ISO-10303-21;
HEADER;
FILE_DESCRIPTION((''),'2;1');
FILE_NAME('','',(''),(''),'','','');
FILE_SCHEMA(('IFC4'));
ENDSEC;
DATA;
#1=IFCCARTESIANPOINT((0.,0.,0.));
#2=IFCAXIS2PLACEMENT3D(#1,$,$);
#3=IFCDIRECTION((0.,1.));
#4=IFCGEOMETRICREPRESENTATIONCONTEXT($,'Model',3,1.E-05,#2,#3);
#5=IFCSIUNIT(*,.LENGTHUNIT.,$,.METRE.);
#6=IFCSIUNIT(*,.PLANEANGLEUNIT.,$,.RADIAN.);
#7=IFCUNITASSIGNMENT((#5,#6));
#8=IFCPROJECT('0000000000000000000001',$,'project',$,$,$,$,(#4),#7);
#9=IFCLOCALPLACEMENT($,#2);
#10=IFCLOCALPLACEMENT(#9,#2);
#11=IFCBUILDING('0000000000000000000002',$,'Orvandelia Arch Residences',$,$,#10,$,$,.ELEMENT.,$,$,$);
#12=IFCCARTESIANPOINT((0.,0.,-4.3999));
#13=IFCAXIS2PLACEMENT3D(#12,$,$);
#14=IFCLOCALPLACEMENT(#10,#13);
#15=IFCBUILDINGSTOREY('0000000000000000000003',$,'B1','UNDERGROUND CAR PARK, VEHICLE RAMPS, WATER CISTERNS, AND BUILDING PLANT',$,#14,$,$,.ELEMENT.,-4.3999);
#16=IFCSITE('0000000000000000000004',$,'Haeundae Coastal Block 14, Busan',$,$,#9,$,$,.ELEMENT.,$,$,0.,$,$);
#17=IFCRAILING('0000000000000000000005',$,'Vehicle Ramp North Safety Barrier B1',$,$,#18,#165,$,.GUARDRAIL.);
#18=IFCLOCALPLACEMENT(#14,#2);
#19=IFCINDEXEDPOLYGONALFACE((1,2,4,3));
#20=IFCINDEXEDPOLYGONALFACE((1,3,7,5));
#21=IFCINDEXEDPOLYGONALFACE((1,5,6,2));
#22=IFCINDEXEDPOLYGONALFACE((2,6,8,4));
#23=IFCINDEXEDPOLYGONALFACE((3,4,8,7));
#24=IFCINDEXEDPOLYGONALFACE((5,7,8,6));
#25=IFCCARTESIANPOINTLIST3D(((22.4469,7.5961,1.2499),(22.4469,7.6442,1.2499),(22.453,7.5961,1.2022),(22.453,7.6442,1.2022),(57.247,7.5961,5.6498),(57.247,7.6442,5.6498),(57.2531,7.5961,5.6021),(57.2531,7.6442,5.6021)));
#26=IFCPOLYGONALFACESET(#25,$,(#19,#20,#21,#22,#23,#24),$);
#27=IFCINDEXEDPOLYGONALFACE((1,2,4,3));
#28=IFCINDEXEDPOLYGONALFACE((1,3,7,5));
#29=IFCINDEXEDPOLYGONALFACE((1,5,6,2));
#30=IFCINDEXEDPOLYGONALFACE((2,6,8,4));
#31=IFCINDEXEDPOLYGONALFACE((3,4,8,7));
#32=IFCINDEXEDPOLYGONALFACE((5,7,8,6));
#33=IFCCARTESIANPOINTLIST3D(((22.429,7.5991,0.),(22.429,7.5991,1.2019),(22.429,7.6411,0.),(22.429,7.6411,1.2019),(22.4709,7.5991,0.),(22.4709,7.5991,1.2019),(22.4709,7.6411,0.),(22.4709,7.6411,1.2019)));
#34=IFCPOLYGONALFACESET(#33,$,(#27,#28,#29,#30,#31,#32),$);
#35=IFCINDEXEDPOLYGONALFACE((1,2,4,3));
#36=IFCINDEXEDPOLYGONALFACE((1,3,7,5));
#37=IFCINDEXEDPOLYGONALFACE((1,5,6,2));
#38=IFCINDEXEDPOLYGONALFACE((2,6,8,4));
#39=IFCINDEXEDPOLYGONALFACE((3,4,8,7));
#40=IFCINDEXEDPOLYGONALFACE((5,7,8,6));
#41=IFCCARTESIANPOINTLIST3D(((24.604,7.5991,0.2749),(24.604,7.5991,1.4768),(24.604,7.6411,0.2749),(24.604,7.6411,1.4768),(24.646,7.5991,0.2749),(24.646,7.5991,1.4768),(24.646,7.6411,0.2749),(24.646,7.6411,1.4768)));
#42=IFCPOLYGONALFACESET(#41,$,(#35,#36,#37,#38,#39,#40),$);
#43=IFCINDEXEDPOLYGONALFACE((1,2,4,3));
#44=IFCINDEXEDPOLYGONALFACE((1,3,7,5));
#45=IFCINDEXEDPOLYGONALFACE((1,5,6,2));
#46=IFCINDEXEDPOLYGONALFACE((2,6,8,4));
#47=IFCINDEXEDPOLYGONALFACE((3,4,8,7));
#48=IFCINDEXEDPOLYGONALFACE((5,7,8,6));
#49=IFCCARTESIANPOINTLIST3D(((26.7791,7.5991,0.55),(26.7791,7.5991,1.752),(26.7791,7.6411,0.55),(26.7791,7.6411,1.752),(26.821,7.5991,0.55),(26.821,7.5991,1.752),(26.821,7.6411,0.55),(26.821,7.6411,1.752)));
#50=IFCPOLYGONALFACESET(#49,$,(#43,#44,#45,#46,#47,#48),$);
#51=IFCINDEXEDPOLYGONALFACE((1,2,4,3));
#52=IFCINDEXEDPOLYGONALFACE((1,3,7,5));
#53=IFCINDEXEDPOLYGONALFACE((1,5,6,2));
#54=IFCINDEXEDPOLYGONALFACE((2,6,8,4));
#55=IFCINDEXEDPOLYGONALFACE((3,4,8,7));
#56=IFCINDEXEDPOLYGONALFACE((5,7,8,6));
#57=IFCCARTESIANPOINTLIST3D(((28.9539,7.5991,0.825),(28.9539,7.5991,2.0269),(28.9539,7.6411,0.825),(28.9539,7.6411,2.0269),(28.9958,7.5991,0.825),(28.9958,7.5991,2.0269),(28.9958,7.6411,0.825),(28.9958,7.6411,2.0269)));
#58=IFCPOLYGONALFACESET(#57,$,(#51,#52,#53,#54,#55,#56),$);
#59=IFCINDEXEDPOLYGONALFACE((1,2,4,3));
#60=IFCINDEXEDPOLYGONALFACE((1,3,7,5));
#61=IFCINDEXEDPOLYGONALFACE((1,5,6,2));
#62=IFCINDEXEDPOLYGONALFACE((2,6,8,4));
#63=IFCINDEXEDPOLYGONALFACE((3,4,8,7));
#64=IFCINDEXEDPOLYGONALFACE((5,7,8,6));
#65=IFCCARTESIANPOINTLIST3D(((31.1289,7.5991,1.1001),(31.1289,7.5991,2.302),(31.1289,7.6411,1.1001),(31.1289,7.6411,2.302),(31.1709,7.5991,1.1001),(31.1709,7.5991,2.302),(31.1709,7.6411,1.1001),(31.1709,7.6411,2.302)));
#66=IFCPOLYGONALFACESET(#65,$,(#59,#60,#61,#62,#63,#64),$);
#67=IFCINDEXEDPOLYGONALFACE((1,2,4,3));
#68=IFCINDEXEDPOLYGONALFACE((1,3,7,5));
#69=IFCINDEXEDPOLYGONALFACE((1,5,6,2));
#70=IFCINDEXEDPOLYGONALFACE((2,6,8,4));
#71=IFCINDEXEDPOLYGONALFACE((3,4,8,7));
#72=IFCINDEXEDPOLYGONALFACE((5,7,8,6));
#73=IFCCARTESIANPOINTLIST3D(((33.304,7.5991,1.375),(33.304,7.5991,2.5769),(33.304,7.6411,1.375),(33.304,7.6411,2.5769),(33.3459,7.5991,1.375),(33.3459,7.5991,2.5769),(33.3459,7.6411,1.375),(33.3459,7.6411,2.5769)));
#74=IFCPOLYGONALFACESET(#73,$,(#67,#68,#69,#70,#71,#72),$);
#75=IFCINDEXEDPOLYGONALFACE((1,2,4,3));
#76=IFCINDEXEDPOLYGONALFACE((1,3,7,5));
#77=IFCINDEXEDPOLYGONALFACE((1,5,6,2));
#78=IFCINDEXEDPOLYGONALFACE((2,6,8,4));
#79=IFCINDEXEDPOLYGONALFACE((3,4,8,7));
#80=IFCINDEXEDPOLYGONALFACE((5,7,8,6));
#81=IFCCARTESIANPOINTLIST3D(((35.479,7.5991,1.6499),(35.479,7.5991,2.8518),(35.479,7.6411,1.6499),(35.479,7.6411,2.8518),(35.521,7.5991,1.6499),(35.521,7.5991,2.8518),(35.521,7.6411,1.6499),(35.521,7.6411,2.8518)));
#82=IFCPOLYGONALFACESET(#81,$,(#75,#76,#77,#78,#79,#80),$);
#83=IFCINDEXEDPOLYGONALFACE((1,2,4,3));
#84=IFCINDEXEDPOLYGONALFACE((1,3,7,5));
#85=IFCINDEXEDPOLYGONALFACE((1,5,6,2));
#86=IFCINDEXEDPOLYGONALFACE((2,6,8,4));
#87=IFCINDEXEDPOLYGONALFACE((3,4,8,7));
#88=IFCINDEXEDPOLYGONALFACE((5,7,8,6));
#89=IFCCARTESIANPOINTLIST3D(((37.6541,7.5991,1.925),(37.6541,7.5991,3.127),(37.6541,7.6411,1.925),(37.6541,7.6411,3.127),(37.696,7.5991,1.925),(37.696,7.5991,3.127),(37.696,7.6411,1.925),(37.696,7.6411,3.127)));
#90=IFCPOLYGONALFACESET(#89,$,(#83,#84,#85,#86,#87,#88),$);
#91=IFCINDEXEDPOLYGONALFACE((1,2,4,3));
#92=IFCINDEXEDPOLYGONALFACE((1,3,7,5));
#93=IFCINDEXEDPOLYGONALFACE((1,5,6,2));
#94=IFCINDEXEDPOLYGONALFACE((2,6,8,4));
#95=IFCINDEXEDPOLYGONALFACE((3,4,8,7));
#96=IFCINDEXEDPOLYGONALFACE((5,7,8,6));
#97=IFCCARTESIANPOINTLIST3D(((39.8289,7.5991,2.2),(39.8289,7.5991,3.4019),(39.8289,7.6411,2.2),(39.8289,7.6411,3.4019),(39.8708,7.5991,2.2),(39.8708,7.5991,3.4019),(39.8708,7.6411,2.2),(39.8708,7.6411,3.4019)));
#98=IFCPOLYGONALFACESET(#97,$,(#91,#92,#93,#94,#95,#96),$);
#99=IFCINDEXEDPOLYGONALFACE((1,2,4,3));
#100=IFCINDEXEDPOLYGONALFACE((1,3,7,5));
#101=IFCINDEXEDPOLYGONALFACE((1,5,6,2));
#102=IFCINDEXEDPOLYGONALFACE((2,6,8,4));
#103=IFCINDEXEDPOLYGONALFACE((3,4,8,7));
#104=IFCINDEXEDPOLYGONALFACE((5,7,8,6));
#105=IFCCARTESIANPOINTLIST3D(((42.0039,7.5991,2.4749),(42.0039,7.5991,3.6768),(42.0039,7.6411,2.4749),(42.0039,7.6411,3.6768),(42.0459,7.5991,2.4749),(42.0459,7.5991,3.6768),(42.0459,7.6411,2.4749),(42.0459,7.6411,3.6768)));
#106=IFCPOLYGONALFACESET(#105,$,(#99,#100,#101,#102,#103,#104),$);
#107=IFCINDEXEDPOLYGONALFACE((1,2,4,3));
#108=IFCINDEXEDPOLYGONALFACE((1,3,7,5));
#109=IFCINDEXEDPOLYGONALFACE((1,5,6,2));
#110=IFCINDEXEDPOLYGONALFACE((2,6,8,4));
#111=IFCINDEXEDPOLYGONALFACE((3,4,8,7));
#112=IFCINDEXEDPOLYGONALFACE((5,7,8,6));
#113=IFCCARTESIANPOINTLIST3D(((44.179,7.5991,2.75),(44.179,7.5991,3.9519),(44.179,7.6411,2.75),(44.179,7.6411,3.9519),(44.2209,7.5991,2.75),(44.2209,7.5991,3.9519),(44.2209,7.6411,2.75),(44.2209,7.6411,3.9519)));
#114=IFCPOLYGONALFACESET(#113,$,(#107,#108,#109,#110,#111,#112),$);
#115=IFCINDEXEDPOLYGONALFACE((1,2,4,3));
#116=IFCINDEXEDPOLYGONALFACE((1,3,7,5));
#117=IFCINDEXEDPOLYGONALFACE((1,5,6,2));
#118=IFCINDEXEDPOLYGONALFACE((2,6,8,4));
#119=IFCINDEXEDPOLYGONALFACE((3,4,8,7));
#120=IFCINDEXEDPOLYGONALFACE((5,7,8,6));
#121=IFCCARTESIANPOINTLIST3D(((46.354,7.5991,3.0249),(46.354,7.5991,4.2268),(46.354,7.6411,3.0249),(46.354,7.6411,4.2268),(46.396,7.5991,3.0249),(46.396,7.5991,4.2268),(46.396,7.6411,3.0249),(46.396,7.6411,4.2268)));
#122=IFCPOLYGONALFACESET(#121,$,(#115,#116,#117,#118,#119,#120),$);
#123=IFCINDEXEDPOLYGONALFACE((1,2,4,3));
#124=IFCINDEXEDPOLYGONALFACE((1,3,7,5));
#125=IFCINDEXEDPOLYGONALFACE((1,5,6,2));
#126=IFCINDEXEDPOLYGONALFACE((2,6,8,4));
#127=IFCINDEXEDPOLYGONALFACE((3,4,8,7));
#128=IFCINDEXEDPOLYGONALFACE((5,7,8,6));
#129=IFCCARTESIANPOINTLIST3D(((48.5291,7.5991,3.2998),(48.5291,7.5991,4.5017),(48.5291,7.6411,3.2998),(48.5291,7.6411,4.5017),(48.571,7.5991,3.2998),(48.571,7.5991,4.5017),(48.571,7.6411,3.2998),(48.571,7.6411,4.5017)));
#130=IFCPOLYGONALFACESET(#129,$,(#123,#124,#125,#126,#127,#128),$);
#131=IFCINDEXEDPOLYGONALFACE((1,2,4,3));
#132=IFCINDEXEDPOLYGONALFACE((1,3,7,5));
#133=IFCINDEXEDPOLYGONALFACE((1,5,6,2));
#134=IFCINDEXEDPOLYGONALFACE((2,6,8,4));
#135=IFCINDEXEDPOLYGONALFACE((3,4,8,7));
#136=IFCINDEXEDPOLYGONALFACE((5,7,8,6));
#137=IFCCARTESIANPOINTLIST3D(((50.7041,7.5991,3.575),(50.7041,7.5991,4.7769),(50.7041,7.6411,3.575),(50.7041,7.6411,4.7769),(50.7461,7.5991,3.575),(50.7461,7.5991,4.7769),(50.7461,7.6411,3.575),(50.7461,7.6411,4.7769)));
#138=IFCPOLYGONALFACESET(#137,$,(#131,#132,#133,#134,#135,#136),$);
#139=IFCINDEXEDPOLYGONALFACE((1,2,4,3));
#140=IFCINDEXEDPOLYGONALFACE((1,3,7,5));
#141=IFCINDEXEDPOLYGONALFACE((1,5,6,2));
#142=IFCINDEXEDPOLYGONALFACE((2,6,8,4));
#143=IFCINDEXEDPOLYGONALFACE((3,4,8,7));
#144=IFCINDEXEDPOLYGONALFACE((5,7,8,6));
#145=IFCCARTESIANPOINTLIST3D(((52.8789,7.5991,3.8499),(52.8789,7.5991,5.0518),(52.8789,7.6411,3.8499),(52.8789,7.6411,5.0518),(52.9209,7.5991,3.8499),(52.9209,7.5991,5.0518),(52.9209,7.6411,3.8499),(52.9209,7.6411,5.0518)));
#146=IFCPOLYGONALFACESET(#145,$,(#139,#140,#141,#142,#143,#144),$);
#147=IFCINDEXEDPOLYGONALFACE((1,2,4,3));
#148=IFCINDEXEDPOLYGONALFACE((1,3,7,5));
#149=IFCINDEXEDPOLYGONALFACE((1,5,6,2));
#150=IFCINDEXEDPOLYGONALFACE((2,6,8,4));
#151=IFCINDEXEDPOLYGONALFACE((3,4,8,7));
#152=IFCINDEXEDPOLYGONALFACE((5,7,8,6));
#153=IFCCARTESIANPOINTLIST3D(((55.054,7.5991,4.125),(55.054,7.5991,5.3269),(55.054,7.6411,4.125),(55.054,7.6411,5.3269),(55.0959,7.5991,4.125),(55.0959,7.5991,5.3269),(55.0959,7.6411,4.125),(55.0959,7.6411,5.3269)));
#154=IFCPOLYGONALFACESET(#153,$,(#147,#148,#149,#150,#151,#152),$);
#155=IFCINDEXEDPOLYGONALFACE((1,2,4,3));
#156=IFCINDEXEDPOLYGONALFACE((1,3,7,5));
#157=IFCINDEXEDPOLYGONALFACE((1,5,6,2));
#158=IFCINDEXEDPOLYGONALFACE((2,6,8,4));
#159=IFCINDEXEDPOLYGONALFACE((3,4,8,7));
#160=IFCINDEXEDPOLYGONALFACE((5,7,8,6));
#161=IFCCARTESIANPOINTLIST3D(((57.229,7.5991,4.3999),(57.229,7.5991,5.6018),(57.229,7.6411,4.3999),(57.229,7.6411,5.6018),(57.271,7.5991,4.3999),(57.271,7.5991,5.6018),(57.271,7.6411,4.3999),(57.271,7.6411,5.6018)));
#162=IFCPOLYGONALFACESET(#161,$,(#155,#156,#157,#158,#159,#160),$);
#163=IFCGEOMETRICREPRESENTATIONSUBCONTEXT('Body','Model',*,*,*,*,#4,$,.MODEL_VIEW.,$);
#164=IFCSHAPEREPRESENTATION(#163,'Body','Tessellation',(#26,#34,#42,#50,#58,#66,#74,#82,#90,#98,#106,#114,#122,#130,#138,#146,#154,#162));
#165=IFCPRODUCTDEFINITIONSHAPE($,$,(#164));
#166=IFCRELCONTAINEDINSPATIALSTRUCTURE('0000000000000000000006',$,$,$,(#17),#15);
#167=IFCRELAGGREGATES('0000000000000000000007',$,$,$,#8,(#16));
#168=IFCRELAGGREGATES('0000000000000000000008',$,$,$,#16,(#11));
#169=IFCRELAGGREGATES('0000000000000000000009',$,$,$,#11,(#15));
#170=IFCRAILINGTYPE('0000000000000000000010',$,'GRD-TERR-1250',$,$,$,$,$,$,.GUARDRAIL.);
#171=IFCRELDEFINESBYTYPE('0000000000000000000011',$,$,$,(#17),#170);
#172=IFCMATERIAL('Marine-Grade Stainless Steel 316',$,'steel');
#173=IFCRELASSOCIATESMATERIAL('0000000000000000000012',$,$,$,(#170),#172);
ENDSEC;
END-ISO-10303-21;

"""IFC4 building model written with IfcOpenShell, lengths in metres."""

from ifc_helpers import new_model, si_unit, direction, frame, origin, origin_2d, place, context, subcontext, project, spatial, rectangle, extrude, material, type_object, element, save


model = new_model("IFC4")

# Units and contexts
model_context = context("Model", 3, precision=1e-05, world=origin(), true_north=direction((0.0, 1.0)))
body_context = subcontext(model_context, "Body", "Model", "MODEL_VIEW")
ifc_project = project(units=[si_unit("LENGTHUNIT", "METRE"), si_unit("PLANEANGLEUNIT", "RADIAN")], contexts=[model_context])

# Site, building, storey
site_placement = place(None, origin())
site = spatial("IfcSite", under=ifc_project, at=site_placement, Name="Haeundae Coastal Block 14, Busan", CompositionType="ELEMENT", RefElevation=0.0)
building_placement = place(site_placement, origin())
building = spatial("IfcBuilding", under=site, at=building_placement, Name="Orvandelia Arch Residences", CompositionType="ELEMENT")
storey_placement = place(building_placement, frame((0.0, 0.0, -4.3999)))
storey = spatial("IfcBuildingStorey", under=building, at=storey_placement, Name="B1", Description="UNDERGROUND CAR PARK, VEHICLE RAMPS, WATER CISTERNS, AND BUILDING PLANT", CompositionType="ELEMENT", Elevation=-4.3999)

# Railing
ifc_material_1 = material(Name="Marine-Grade Stainless Steel 316", Category="steel")
railing_type = type_object("IfcRailingType", Name="GRD-TERR-1250", PredefinedType="GUARDRAIL", material=ifc_material_1)
railing_1_placement = place(storey_placement, frame((22.45, 7.6201, 0.0)))
element("IfcRailing", 1, at=railing_1_placement, inside=storey, type_object=railing_type, Name="Vehicle Ramp North Safety Barrier B1", PredefinedType="GUARDRAIL", context=body_context, shape_type="SweptSolid", body=[
    extrude(rectangle(XDim=0.0481, YDim=0.0481, at=origin_2d()), frame((0.0, 0.0, 1.2261), z_axis=(0.992102, 0.0, 0.125435), x_axis=(0.0, 1.0, 0.0)), (0.0, 0.0, 1.0), 35.0771),
    extrude(rectangle(XDim=0.042, YDim=0.042, at=origin_2d()), origin(), (0.0, 0.0, 1.0), 1.2019),
    extrude(rectangle(XDim=0.042, YDim=0.042, at=origin_2d()), frame((2.175, 0.0, 0.2749)), (0.0, 0.0, 1.0), 1.2019),
    extrude(rectangle(XDim=0.042, YDim=0.042, at=origin_2d()), frame((4.3501, 0.0, 0.55)), (0.0, 0.0, 1.0), 1.2019),
    extrude(rectangle(XDim=0.042, YDim=0.042, at=origin_2d()), frame((6.5249, 0.0, 0.825)), (0.0, 0.0, 1.0), 1.2019),
    extrude(rectangle(XDim=0.042, YDim=0.042, at=origin_2d()), frame((8.7, 0.0, 1.1001)), (0.0, 0.0, 1.0), 1.2019),
    extrude(rectangle(XDim=0.042, YDim=0.042, at=origin_2d()), frame((10.875, 0.0, 1.375)), (0.0, 0.0, 1.0), 1.2019),
    extrude(rectangle(XDim=0.042, YDim=0.042, at=origin_2d()), frame((13.05, 0.0, 1.6499)), (0.0, 0.0, 1.0), 1.2019),
    extrude(rectangle(XDim=0.042, YDim=0.042, at=origin_2d()), frame((15.2251, 0.0, 1.925)), (0.0, 0.0, 1.0), 1.2019),
    extrude(rectangle(XDim=0.042, YDim=0.042, at=origin_2d()), frame((17.3999, 0.0, 2.2)), (0.0, 0.0, 1.0), 1.2019),
    extrude(rectangle(XDim=0.042, YDim=0.042, at=origin_2d()), frame((19.575, 0.0, 2.4749)), (0.0, 0.0, 1.0), 1.2019),
    extrude(rectangle(XDim=0.042, YDim=0.042, at=origin_2d()), frame((21.75, 0.0, 2.75)), (0.0, 0.0, 1.0), 1.2019),
    extrude(rectangle(XDim=0.042, YDim=0.042, at=origin_2d()), frame((23.925, 0.0, 3.0249)), (0.0, 0.0, 1.0), 1.2019),
    extrude(rectangle(XDim=0.042, YDim=0.042, at=origin_2d()), frame((26.1001, 0.0, 3.2998)), (0.0, 0.0, 1.0), 1.2019),
    extrude(rectangle(XDim=0.042, YDim=0.042, at=origin_2d()), frame((28.2751, 0.0, 3.575)), (0.0, 0.0, 1.0), 1.2019),
    extrude(rectangle(XDim=0.042, YDim=0.042, at=origin_2d()), frame((30.45, 0.0, 3.8499)), (0.0, 0.0, 1.0), 1.2019),
    extrude(rectangle(XDim=0.042, YDim=0.042, at=origin_2d()), frame((32.625, 0.0, 4.125)), (0.0, 0.0, 1.0), 1.2019),
    extrude(rectangle(XDim=0.042, YDim=0.042, at=origin_2d()), frame((34.8, 0.0, 4.3999)), (0.0, 0.0, 1.0), 1.2019),
])

save(model, "model.ifc")
